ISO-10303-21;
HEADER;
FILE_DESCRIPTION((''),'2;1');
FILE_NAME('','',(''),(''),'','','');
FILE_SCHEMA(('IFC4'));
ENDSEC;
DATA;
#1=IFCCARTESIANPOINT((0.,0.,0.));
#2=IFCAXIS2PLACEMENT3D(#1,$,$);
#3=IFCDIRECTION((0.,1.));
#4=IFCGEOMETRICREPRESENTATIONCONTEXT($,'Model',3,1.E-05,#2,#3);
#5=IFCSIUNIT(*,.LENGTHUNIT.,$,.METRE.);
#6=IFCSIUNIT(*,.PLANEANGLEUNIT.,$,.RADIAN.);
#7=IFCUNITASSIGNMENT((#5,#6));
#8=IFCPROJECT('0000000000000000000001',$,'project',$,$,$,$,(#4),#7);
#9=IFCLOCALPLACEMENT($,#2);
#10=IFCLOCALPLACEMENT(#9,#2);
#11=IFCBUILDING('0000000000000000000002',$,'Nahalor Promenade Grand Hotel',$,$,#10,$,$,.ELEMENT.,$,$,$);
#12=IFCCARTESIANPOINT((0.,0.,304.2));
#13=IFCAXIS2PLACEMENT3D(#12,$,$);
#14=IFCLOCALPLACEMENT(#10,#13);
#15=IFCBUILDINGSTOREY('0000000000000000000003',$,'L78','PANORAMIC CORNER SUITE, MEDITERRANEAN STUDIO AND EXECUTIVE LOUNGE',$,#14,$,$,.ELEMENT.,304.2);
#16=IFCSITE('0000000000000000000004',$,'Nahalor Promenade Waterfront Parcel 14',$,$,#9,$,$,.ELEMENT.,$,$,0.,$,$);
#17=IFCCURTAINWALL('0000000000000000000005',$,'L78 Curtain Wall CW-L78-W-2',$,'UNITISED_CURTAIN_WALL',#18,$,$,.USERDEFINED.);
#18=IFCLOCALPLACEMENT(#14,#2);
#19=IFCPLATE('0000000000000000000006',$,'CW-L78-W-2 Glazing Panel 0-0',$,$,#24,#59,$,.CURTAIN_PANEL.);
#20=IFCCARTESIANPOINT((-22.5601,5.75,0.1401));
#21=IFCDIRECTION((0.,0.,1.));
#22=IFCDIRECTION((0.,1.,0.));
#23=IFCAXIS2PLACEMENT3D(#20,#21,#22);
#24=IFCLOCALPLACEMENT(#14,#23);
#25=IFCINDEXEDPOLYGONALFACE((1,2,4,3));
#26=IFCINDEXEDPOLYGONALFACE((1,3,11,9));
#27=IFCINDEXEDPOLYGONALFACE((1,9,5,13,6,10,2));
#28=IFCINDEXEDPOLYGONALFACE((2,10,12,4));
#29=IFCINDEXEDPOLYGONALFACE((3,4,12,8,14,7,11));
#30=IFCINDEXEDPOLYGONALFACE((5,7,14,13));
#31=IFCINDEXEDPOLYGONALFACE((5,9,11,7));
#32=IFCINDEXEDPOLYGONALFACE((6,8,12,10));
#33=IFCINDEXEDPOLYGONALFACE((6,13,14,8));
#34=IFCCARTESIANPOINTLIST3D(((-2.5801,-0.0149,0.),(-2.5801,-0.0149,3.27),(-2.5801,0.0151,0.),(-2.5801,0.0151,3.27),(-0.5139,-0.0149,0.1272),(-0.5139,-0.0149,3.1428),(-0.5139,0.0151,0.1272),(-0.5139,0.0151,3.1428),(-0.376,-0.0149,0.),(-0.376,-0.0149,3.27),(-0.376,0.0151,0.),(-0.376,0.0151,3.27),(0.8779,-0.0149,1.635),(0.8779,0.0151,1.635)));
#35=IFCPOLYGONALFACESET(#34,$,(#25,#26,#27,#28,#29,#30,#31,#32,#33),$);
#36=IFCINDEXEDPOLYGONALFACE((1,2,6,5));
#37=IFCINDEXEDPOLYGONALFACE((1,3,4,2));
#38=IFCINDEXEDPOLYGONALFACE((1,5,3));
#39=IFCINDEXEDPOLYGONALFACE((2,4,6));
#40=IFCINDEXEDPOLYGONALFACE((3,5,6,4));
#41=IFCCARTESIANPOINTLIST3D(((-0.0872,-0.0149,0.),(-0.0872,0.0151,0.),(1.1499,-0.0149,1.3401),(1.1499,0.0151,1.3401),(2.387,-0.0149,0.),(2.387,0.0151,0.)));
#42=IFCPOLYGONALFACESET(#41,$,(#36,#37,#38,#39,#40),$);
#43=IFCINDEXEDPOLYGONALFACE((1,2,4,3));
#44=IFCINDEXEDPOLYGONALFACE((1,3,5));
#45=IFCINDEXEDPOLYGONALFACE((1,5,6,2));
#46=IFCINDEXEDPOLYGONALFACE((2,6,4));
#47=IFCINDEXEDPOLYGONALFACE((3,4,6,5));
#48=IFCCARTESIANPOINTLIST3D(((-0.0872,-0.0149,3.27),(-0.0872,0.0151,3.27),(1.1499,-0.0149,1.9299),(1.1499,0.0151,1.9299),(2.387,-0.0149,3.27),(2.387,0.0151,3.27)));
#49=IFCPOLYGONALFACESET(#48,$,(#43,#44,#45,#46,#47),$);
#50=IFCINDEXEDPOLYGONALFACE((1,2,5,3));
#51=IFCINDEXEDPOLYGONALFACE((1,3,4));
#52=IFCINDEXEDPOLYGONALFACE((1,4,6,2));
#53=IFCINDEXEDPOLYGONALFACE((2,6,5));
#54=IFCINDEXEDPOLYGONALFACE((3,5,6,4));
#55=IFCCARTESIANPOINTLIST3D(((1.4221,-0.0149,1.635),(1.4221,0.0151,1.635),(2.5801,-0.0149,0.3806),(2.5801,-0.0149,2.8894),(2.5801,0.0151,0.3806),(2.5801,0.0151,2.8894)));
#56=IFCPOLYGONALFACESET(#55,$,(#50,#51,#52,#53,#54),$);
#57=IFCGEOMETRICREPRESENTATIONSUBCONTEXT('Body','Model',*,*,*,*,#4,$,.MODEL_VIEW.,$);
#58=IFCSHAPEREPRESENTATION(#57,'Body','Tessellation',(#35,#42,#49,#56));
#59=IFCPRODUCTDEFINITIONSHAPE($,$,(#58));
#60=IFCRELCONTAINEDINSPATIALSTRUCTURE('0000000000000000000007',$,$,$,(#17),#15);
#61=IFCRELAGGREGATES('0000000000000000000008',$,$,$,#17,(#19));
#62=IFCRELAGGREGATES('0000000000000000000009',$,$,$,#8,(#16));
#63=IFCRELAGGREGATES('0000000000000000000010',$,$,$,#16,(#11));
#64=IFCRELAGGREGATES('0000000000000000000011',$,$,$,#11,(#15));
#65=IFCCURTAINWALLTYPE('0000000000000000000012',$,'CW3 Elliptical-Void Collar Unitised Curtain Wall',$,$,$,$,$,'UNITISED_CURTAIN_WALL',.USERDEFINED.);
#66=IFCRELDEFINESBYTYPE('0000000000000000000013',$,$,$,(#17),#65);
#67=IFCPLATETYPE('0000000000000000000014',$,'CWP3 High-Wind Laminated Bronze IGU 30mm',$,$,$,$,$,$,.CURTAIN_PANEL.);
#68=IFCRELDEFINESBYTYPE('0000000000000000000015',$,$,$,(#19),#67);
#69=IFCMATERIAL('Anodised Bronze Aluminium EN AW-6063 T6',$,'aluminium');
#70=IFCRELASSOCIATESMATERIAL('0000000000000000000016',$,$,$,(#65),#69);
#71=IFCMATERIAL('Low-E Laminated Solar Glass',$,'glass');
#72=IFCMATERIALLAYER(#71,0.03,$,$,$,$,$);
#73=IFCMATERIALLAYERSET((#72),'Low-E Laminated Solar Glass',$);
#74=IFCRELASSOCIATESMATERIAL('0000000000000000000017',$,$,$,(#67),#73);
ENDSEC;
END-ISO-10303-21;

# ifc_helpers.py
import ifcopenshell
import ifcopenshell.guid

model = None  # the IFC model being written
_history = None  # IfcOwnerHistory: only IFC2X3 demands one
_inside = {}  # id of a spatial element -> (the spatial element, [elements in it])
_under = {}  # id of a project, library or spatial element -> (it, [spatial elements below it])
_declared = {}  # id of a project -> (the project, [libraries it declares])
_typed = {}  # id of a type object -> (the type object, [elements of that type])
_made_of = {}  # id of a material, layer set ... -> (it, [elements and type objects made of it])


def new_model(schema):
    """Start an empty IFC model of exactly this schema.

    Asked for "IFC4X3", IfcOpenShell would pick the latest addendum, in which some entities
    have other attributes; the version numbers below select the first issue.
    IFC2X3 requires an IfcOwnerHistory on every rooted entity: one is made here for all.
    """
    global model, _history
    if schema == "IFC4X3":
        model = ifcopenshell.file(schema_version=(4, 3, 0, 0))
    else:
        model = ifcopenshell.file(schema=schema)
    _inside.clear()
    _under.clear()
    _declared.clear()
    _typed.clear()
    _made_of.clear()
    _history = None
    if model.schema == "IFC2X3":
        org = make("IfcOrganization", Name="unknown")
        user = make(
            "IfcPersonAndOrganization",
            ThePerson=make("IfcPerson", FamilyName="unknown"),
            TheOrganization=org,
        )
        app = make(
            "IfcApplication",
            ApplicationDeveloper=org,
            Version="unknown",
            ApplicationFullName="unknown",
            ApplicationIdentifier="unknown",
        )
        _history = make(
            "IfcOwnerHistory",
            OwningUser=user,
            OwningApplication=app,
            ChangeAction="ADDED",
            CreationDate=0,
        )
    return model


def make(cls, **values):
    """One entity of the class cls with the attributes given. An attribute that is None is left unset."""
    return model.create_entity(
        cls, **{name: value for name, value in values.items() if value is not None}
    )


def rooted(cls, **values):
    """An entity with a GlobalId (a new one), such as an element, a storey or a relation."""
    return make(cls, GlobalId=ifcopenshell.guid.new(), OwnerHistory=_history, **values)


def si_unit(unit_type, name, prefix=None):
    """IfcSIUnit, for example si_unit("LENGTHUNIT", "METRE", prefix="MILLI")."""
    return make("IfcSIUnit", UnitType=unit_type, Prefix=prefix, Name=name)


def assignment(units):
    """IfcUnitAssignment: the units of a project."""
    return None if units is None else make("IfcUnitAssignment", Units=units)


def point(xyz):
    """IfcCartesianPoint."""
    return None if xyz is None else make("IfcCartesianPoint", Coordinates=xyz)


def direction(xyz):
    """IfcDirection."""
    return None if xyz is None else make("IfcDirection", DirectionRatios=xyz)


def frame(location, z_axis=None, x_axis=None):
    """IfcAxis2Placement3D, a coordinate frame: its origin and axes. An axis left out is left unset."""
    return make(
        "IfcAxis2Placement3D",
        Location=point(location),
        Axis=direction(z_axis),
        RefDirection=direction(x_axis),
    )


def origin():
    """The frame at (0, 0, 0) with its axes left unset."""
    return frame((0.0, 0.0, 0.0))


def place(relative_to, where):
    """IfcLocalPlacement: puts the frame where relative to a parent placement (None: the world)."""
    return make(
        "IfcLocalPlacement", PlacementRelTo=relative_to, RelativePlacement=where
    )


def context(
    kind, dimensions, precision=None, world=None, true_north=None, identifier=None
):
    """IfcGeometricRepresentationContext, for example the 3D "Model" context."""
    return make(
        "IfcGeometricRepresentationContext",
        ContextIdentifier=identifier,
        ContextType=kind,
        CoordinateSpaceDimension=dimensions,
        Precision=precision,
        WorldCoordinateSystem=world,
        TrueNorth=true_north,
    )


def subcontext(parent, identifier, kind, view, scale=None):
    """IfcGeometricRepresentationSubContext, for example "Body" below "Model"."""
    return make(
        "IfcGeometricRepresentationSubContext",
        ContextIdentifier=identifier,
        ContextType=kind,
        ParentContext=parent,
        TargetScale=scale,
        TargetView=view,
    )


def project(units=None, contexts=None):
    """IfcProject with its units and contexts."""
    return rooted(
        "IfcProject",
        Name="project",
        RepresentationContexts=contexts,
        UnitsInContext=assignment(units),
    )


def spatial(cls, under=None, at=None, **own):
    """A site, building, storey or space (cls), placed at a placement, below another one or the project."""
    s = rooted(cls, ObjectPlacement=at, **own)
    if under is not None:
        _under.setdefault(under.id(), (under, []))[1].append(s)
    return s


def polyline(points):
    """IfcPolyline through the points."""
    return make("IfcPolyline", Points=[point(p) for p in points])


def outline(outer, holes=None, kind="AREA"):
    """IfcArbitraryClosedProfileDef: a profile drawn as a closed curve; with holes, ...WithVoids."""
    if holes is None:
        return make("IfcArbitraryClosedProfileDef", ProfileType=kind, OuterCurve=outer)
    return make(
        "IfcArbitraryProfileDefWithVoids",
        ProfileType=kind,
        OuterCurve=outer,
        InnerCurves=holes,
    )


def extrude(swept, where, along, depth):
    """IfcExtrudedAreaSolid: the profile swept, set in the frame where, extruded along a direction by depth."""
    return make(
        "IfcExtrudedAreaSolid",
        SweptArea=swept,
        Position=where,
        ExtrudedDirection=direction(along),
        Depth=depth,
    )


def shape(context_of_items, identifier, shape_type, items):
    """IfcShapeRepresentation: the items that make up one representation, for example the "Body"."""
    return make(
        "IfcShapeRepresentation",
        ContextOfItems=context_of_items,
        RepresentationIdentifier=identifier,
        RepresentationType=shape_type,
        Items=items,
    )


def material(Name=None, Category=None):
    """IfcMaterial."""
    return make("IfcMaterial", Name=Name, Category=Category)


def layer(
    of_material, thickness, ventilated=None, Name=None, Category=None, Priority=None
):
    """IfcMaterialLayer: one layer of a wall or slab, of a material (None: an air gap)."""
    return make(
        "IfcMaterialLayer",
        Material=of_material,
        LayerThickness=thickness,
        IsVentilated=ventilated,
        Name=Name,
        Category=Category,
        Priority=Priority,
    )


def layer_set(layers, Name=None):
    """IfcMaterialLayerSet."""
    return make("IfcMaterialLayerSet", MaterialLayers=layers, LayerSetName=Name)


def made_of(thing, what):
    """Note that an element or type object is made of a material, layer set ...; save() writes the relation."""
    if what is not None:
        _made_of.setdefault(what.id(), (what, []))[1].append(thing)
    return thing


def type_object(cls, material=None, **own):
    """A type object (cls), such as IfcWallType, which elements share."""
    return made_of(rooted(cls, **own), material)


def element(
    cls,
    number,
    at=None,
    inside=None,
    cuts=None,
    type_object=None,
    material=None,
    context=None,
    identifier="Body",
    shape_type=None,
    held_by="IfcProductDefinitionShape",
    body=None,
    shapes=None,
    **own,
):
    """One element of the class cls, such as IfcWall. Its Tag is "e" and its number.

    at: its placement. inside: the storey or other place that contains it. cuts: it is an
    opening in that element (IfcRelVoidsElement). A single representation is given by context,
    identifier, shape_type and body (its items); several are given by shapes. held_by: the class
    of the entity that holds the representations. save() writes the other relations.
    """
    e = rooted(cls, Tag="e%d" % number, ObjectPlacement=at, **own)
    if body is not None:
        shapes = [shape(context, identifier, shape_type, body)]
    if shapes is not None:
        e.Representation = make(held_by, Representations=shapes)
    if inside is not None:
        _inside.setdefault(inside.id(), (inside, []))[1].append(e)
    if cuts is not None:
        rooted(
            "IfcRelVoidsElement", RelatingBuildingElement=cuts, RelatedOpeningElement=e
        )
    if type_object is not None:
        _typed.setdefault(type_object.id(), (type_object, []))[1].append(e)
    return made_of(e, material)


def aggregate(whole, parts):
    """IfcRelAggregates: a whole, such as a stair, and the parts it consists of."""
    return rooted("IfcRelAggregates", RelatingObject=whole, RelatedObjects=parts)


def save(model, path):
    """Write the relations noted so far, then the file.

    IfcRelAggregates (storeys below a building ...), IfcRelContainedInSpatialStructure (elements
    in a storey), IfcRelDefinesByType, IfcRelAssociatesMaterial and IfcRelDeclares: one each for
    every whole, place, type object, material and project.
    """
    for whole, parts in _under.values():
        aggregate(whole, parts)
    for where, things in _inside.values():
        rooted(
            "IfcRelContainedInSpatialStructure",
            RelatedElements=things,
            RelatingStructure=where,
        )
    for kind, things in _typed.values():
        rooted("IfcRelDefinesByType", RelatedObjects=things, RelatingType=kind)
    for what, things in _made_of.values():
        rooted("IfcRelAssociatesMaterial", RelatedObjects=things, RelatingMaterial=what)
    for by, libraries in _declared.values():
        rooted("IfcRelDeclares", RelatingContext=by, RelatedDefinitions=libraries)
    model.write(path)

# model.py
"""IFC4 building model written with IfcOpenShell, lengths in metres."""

from ifc_helpers import new_model, si_unit, direction, frame, origin, place, context, subcontext, project, spatial, polyline, outline, extrude, material, layer, layer_set, type_object, element, aggregate, save


model = new_model("IFC4")

# Units and contexts
model_context = context("Model", 3, precision=1e-05, world=origin(), true_north=direction((0.0, 1.0)))
body_context = subcontext(model_context, "Body", "Model", "MODEL_VIEW")
ifc_project = project(units=[si_unit("LENGTHUNIT", "METRE"), si_unit("PLANEANGLEUNIT", "RADIAN")], contexts=[model_context])

# Site, building, storey
site_placement = place(None, origin())
site = spatial("IfcSite", under=ifc_project, at=site_placement, Name="Nahalor Promenade Waterfront Parcel 14", CompositionType="ELEMENT", RefElevation=0.0)
building_placement = place(site_placement, origin())
building = spatial("IfcBuilding", under=site, at=building_placement, Name="Nahalor Promenade Grand Hotel", CompositionType="ELEMENT")
storey_placement = place(building_placement, frame((0.0, 0.0, 304.2)))
storey = spatial("IfcBuildingStorey", under=building, at=storey_placement, Name="L78", Description="PANORAMIC CORNER SUITE, MEDITERRANEAN STUDIO AND EXECUTIVE LOUNGE", CompositionType="ELEMENT", Elevation=304.2)

# Curtain wall
ifc_material_1 = material(Name="Anodised Bronze Aluminium EN AW-6063 T6", Category="aluminium")
curtain_wall_type = type_object("IfcCurtainWallType", Name="CW3 Elliptical-Void Collar Unitised Curtain Wall", ElementType="UNITISED_CURTAIN_WALL", PredefinedType="USERDEFINED", material=ifc_material_1)
curtain_wall_1_placement = place(storey_placement, origin())
curtain_wall_1 = element("IfcCurtainWall", 1, at=curtain_wall_1_placement, inside=storey, type_object=curtain_wall_type, Name="L78 Curtain Wall CW-L78-W-2", ObjectType="UNITISED_CURTAIN_WALL", PredefinedType="USERDEFINED")

# Plate
ifc_material_2 = material(Name="Low-E Laminated Solar Glass", Category="glass")
ifc_layer_1 = layer(ifc_material_2, 0.03)
ifc_layer_set_1 = layer_set([ifc_layer_1], Name="Low-E Laminated Solar Glass")
plate_type_1 = type_object("IfcPlateType", Name="CWP3 High-Wind Laminated Bronze IGU 30mm", PredefinedType="CURTAIN_PANEL", material=ifc_layer_set_1)
plate_1_placement = place(storey_placement, frame((-22.5601, 5.75, 0.1401), z_axis=(0.0, 0.0, 1.0), x_axis=(0.0, 1.0, 0.0)))
plate_1 = element("IfcPlate", 2, at=plate_1_placement, type_object=plate_type_1, Name="CW-L78-W-2 Glazing Panel 0-0", PredefinedType="CURTAIN_PANEL", context=body_context, shape_type="SweptSolid", body=[
    extrude(outline(polyline([(-2.5801, 3.27), (-2.5801, 0.0), (-0.376, 0.0), (-0.5139, 0.1272), (0.8779, 1.635), (-0.5139, 3.1428), (-0.376, 3.27), (-2.5801, 3.27)])), frame((0.0, 0.0151, 0.0), z_axis=(0.0, -1.0, 0.0), x_axis=(1.0, 0.0, 0.0)), (0.0, 0.0, 1.0), 0.03),
    extrude(outline(polyline([(1.1499, 1.3401), (-0.0872, 0.0), (2.387, 0.0), (1.1499, 1.3401)])), frame((0.0, 0.0151, 0.0), z_axis=(0.0, -1.0, 0.0), x_axis=(1.0, 0.0, 0.0)), (0.0, 0.0, 1.0), 0.03),
    extrude(outline(polyline([(1.1499, 1.9299), (2.387, 3.27), (-0.0872, 3.27), (1.1499, 1.9299)])), frame((0.0, 0.0151, 0.0), z_axis=(0.0, -1.0, 0.0), x_axis=(1.0, 0.0, 0.0)), (0.0, 0.0, 1.0), 0.03),
    extrude(outline(polyline([(1.4221, 1.635), (2.5801, 0.3806), (2.5801, 2.8894), (1.4221, 1.635)])), frame((0.0, 0.0151, 0.0), z_axis=(0.0, -1.0, 0.0), x_axis=(1.0, 0.0, 0.0)), (0.0, 0.0, 1.0), 0.03),
])
aggregate(curtain_wall_1, [plate_1])

save(model, "model.ifc")
